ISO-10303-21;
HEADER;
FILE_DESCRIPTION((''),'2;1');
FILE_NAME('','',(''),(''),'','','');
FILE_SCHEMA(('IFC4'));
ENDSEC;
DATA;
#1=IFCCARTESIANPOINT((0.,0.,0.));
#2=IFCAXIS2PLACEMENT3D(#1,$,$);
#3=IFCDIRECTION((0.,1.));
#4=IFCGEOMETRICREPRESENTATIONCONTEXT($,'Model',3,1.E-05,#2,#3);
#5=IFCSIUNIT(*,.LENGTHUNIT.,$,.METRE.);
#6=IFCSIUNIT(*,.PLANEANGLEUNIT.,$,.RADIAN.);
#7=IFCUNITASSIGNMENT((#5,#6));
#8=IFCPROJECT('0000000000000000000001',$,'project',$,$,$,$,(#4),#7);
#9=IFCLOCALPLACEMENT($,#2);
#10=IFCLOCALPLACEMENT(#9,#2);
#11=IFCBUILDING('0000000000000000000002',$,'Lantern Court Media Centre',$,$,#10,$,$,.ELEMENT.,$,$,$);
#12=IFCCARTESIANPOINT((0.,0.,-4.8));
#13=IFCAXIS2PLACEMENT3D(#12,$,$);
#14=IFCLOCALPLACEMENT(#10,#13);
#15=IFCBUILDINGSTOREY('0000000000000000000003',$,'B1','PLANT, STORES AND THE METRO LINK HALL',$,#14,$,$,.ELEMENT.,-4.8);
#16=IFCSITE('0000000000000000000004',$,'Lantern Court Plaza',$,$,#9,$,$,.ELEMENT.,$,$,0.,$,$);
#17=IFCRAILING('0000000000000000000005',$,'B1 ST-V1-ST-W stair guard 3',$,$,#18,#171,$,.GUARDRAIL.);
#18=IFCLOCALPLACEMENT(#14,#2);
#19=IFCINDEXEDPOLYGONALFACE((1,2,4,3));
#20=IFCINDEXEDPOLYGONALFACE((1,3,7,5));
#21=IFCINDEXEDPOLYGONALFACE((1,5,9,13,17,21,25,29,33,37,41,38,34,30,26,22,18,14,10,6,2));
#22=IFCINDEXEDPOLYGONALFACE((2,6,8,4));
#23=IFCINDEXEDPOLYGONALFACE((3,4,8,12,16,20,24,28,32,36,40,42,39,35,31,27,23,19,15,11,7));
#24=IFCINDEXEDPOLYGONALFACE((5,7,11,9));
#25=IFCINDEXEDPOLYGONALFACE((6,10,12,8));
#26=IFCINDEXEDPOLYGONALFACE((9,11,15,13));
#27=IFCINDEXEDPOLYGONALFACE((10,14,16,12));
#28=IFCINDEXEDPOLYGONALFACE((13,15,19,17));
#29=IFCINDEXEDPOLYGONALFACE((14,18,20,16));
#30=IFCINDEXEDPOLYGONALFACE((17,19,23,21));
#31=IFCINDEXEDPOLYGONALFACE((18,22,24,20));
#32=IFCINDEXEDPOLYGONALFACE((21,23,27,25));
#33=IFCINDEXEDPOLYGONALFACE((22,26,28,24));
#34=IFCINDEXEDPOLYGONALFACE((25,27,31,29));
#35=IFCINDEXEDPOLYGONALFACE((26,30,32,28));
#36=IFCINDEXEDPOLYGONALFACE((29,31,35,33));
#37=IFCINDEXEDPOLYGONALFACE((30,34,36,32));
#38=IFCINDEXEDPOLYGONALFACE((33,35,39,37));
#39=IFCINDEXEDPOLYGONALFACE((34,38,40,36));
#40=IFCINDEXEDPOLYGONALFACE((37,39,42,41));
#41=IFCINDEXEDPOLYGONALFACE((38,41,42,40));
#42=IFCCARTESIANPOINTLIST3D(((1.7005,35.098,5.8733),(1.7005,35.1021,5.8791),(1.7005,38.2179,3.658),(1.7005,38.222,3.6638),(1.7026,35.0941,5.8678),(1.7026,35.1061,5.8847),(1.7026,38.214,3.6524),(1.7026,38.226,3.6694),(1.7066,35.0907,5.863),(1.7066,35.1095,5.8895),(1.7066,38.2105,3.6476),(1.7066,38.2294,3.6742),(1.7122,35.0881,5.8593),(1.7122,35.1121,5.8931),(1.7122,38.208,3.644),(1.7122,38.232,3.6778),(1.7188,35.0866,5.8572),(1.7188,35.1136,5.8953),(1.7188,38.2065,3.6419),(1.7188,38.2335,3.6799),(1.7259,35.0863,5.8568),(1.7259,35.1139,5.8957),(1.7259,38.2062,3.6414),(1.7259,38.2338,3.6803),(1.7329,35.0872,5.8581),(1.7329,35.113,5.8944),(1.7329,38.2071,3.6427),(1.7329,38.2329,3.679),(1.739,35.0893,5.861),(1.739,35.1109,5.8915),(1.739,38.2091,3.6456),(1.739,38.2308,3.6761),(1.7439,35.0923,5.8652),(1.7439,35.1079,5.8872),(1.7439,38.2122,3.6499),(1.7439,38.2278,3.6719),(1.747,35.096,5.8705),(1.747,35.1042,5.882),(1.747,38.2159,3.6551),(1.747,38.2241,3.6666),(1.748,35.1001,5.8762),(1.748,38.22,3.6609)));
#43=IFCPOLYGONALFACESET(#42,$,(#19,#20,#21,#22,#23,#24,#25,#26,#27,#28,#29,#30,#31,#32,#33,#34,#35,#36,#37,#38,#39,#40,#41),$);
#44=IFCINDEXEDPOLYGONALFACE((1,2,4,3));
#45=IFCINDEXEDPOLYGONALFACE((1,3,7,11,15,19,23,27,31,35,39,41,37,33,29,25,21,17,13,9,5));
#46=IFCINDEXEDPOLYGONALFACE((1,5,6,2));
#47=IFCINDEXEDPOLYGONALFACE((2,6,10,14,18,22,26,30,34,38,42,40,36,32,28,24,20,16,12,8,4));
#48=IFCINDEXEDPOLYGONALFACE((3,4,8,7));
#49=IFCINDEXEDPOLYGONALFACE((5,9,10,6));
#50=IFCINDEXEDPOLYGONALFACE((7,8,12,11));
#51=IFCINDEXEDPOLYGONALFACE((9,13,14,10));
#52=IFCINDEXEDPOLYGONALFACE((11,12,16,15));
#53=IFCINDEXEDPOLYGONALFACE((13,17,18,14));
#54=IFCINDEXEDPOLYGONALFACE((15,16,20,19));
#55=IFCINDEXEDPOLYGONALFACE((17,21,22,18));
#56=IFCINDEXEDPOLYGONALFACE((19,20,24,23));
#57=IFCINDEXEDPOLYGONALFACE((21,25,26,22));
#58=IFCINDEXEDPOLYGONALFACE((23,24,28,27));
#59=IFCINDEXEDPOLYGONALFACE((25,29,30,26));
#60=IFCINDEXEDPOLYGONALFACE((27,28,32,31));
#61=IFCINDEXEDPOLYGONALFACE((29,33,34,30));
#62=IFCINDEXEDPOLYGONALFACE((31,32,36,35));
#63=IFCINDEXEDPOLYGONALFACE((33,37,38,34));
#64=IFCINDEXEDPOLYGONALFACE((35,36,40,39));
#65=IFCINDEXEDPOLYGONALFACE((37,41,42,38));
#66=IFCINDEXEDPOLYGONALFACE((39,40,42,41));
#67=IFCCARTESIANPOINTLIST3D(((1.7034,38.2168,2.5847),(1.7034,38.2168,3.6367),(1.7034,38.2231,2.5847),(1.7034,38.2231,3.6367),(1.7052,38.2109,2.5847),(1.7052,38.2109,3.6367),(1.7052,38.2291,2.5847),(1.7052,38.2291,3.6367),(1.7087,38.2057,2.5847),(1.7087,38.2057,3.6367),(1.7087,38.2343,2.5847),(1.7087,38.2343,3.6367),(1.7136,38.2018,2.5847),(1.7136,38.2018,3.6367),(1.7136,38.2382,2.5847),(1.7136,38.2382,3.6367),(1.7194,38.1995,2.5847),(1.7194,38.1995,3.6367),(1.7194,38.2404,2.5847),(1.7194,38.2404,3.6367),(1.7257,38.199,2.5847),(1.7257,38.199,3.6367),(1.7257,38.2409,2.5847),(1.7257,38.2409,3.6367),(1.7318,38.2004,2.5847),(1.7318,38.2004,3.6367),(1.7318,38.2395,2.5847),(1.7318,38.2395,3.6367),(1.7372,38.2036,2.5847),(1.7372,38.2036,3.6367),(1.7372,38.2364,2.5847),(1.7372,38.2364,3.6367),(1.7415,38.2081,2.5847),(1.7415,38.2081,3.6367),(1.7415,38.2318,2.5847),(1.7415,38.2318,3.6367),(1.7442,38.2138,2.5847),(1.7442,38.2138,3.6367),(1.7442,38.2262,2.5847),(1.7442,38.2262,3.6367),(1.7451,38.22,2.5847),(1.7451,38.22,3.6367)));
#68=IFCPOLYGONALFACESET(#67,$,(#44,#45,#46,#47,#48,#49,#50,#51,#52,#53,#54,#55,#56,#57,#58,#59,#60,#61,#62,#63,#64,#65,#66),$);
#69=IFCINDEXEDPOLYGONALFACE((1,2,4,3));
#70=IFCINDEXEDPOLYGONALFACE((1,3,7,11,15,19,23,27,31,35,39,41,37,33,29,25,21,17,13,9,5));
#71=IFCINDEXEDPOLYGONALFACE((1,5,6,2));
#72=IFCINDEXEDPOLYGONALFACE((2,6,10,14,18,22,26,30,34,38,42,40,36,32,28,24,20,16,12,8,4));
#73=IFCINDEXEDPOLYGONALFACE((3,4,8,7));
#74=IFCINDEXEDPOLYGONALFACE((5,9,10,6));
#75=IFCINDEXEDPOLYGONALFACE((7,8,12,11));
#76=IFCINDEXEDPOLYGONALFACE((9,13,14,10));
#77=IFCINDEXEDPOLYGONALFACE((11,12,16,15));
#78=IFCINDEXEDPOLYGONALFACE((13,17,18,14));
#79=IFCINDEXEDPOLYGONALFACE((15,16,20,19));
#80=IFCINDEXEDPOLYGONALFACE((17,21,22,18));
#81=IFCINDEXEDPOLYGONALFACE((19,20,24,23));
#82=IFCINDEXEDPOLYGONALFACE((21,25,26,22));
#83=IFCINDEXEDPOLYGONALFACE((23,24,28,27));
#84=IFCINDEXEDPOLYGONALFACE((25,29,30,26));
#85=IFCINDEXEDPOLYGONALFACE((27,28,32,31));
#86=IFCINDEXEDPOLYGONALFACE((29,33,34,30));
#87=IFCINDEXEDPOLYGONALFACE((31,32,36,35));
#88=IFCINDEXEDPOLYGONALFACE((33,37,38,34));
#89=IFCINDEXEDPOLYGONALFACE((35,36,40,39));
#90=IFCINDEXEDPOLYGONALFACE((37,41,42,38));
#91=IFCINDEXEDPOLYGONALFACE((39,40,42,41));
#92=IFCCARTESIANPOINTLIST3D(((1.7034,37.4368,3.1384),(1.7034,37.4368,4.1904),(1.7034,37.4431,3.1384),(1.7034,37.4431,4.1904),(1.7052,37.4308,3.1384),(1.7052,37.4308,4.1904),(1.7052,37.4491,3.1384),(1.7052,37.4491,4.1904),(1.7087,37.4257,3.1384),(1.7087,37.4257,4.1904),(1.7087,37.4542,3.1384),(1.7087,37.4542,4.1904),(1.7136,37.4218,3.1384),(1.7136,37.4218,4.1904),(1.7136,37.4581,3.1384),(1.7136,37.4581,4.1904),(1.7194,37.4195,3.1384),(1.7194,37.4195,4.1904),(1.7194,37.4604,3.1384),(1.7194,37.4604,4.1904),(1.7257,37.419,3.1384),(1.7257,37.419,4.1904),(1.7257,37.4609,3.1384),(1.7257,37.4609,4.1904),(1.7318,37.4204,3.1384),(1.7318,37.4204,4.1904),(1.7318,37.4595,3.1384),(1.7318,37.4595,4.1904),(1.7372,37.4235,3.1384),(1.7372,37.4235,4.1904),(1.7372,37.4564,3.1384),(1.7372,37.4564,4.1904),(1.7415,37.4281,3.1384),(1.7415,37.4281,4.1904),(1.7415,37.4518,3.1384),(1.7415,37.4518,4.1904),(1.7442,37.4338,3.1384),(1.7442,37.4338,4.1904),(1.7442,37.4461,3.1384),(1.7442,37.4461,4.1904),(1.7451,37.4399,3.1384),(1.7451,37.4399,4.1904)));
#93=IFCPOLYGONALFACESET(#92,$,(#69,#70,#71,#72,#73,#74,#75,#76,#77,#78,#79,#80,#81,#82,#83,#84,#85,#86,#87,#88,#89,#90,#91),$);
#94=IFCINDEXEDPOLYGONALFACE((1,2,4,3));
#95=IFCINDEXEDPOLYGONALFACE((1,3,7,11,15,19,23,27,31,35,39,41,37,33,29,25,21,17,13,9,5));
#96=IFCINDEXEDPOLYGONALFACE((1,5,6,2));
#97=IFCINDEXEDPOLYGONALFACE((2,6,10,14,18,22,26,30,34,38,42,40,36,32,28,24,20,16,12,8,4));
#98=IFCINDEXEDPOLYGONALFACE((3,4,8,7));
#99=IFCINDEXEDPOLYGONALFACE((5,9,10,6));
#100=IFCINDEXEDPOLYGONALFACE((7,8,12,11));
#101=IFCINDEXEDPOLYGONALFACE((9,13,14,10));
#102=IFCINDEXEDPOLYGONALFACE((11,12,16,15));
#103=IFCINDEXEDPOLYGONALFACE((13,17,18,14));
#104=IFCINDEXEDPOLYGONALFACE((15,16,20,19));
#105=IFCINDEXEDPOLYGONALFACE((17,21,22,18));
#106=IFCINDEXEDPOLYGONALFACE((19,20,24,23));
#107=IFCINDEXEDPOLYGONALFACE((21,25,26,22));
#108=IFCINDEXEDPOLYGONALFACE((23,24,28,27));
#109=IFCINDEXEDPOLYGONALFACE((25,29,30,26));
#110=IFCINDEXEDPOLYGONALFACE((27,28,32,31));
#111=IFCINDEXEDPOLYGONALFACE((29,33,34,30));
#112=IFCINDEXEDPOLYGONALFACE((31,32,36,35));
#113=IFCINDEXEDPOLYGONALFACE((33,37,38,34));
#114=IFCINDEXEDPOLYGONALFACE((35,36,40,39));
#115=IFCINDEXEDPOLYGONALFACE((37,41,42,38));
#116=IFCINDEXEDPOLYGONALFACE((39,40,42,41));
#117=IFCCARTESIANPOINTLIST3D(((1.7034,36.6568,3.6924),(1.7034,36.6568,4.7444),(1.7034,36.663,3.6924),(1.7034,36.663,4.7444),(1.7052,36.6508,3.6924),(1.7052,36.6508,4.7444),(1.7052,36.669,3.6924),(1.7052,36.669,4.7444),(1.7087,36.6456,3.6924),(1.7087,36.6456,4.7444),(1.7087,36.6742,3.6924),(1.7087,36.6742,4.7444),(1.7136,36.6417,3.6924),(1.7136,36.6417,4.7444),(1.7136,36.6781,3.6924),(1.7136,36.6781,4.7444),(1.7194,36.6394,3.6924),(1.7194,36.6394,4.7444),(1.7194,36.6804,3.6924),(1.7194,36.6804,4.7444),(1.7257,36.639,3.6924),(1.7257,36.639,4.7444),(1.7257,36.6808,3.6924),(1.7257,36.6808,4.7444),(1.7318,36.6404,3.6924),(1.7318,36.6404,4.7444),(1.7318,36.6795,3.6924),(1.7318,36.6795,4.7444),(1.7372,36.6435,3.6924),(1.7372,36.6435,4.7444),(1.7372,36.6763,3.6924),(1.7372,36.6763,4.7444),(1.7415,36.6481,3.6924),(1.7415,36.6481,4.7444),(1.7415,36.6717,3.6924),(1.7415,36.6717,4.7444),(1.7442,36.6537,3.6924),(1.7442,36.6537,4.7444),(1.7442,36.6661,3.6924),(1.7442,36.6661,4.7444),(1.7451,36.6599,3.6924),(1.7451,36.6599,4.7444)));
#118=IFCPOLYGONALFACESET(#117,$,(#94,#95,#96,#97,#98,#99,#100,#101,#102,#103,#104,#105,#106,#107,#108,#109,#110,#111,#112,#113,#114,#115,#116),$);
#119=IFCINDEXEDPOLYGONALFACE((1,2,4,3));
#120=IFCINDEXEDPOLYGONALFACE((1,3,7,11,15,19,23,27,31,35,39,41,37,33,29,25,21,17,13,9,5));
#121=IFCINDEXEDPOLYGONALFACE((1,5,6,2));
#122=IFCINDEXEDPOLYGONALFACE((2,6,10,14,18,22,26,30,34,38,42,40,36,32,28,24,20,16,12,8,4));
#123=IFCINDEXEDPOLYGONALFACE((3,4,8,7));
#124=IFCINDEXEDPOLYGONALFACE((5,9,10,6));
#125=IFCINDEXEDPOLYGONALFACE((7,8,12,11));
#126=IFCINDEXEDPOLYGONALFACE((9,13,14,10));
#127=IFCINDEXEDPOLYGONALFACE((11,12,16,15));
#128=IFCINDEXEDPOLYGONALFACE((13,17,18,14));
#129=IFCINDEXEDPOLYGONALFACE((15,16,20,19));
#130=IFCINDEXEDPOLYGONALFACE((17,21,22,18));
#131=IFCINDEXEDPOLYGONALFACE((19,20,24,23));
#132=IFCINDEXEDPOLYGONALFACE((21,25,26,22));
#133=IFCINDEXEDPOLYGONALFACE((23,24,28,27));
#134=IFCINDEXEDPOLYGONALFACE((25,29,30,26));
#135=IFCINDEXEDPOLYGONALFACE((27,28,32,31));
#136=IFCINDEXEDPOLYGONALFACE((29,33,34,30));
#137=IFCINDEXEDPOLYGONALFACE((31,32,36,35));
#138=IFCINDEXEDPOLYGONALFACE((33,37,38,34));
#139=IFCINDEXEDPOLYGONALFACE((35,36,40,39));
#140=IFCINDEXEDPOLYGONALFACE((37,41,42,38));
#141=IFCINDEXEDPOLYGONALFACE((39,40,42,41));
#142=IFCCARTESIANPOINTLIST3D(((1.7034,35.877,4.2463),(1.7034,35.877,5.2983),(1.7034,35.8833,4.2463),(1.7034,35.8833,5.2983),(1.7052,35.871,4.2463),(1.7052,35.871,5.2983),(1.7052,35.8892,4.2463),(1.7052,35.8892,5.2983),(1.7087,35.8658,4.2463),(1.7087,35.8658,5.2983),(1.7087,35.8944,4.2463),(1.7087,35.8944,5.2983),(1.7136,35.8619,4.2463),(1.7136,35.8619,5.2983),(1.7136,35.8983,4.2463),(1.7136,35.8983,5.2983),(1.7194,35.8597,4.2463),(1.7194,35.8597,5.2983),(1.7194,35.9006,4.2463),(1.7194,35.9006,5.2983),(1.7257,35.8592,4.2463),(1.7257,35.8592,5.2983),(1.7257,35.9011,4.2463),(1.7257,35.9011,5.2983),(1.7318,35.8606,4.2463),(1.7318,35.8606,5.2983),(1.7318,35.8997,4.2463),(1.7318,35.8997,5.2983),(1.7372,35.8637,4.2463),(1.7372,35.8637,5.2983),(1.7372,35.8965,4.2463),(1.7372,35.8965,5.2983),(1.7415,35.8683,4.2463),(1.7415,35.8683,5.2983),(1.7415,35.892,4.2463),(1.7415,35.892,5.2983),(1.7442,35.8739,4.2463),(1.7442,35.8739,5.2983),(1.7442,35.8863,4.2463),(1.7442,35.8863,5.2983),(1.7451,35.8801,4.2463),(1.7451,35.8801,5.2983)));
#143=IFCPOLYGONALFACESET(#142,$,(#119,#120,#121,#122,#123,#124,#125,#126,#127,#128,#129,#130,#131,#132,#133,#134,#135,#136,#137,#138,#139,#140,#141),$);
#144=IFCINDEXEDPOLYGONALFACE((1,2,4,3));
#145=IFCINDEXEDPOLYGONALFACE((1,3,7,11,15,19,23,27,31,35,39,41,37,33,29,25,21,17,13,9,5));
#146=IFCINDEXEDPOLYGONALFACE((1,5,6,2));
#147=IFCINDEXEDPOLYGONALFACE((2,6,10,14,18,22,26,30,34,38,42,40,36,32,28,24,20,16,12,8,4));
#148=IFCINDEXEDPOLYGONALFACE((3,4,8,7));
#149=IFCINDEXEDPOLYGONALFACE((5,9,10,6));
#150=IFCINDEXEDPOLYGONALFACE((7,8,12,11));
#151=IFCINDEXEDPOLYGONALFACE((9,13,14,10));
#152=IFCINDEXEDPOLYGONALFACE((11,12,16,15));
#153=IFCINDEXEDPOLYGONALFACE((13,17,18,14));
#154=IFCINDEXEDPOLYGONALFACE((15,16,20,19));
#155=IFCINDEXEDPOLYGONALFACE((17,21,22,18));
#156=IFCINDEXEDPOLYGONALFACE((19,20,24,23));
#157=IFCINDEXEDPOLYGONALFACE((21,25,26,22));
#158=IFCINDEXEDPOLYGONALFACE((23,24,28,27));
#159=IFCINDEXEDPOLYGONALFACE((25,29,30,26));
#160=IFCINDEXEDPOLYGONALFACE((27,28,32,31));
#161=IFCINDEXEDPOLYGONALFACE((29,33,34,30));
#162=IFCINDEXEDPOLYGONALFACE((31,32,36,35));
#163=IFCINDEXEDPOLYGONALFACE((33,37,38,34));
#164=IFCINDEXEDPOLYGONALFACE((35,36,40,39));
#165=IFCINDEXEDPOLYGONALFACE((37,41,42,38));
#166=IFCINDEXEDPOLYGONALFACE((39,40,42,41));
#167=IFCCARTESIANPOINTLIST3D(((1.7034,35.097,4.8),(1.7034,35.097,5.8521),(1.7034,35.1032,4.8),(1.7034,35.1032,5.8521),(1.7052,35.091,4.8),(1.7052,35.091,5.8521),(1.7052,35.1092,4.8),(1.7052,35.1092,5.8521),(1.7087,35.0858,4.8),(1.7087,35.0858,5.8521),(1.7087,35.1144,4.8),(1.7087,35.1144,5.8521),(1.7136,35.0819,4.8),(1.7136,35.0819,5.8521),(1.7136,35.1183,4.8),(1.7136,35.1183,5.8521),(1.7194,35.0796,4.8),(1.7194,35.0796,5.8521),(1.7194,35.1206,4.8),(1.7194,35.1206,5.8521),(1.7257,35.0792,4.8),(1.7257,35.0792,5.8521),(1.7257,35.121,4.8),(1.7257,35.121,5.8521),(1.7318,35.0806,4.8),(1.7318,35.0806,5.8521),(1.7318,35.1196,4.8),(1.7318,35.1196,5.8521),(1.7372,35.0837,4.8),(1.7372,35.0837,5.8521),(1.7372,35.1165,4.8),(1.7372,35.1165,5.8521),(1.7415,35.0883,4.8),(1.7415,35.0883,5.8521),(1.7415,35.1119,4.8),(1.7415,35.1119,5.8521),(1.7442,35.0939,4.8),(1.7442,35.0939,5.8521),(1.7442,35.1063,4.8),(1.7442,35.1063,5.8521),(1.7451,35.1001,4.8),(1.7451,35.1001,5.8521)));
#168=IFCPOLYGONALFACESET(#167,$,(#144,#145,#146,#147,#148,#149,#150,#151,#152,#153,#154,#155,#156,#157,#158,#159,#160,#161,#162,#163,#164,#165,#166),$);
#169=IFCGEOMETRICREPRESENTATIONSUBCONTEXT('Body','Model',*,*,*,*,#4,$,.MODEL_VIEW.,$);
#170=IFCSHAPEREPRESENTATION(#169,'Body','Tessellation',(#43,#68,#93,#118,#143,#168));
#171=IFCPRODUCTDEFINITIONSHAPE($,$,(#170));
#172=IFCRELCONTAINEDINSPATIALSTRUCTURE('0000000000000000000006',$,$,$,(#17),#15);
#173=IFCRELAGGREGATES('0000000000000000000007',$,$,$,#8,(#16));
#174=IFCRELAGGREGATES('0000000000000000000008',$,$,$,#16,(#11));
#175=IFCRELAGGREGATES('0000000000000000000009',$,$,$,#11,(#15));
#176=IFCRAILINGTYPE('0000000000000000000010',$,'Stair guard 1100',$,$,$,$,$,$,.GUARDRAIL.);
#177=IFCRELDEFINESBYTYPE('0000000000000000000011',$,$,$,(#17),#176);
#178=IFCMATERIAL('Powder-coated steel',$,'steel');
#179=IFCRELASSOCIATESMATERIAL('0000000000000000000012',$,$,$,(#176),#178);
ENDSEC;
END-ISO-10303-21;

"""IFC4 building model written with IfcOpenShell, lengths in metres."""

from ifc_helpers import new_model, si_unit, direction, frame, origin, origin_2d, place, context, subcontext, project, spatial, circle, extrude, material, type_object, element, save


model = new_model("IFC4")

# Units and contexts
model_context = context("Model", 3, precision=1e-05, world=origin(), true_north=direction((0.0, 1.0)))
body_context = subcontext(model_context, "Body", "Model", "MODEL_VIEW")
ifc_project = project(units=[si_unit("LENGTHUNIT", "METRE"), si_unit("PLANEANGLEUNIT", "RADIAN")], contexts=[model_context])

# Site, building, storey
site_placement = place(None, origin())
site = spatial("IfcSite", under=ifc_project, at=site_placement, Name="Lantern Court Plaza", CompositionType="ELEMENT", RefElevation=0.0)
building_placement = place(site_placement, origin())
building = spatial("IfcBuilding", under=site, at=building_placement, Name="Lantern Court Media Centre", CompositionType="ELEMENT")
storey_placement = place(building_placement, frame((0.0, 0.0, -4.8)))
storey = spatial("IfcBuildingStorey", under=building, at=storey_placement, Name="B1", Description="PLANT, STORES AND THE METRO LINK HALL", CompositionType="ELEMENT", Elevation=-4.8)

# Railing
ifc_material_1 = material(Name="Powder-coated steel", Category="steel")
railing_type_1 = type_object("IfcRailingType", Name="Stair guard 1100", PredefinedType="GUARDRAIL", material=ifc_material_1)
railing_1_placement = place(storey_placement, frame((1.7241, 38.22, 2.5847)))
element("IfcRailing", 1, at=railing_1_placement, inside=storey, type_object=railing_type_1, Name="B1 ST-V1-ST-W stair guard 3", PredefinedType="GUARDRAIL", context=body_context, shape_type="SweptSolid", body=[
    extrude(circle(Radius=0.0239, at=origin_2d()), frame((0.0, 0.0, 1.0762), z_axis=(0.0, -0.815356, 0.578961), x_axis=(1.0, 0.0, 0.0)), (0.0, 0.0, 1.0), 3.8264),
    extrude(circle(Radius=0.021, at=origin_2d()), origin(), (0.0, 0.0, 1.0), 1.052),
    extrude(circle(Radius=0.021, at=origin_2d()), frame((0.0, -0.78, 0.5537)), (0.0, 0.0, 1.0), 1.052),
    extrude(circle(Radius=0.021, at=origin_2d()), frame((0.0, -1.5601, 1.1077)), (0.0, 0.0, 1.0), 1.052),
    extrude(circle(Radius=0.021, at=origin_2d()), frame((0.0, -2.3398, 1.6616)), (0.0, 0.0, 1.0), 1.052),
    extrude(circle(Radius=0.021, at=origin_2d()), frame((0.0, -3.1199, 2.2153)), (0.0, 0.0, 1.0), 1.052),
])

save(model, "model.ifc")
